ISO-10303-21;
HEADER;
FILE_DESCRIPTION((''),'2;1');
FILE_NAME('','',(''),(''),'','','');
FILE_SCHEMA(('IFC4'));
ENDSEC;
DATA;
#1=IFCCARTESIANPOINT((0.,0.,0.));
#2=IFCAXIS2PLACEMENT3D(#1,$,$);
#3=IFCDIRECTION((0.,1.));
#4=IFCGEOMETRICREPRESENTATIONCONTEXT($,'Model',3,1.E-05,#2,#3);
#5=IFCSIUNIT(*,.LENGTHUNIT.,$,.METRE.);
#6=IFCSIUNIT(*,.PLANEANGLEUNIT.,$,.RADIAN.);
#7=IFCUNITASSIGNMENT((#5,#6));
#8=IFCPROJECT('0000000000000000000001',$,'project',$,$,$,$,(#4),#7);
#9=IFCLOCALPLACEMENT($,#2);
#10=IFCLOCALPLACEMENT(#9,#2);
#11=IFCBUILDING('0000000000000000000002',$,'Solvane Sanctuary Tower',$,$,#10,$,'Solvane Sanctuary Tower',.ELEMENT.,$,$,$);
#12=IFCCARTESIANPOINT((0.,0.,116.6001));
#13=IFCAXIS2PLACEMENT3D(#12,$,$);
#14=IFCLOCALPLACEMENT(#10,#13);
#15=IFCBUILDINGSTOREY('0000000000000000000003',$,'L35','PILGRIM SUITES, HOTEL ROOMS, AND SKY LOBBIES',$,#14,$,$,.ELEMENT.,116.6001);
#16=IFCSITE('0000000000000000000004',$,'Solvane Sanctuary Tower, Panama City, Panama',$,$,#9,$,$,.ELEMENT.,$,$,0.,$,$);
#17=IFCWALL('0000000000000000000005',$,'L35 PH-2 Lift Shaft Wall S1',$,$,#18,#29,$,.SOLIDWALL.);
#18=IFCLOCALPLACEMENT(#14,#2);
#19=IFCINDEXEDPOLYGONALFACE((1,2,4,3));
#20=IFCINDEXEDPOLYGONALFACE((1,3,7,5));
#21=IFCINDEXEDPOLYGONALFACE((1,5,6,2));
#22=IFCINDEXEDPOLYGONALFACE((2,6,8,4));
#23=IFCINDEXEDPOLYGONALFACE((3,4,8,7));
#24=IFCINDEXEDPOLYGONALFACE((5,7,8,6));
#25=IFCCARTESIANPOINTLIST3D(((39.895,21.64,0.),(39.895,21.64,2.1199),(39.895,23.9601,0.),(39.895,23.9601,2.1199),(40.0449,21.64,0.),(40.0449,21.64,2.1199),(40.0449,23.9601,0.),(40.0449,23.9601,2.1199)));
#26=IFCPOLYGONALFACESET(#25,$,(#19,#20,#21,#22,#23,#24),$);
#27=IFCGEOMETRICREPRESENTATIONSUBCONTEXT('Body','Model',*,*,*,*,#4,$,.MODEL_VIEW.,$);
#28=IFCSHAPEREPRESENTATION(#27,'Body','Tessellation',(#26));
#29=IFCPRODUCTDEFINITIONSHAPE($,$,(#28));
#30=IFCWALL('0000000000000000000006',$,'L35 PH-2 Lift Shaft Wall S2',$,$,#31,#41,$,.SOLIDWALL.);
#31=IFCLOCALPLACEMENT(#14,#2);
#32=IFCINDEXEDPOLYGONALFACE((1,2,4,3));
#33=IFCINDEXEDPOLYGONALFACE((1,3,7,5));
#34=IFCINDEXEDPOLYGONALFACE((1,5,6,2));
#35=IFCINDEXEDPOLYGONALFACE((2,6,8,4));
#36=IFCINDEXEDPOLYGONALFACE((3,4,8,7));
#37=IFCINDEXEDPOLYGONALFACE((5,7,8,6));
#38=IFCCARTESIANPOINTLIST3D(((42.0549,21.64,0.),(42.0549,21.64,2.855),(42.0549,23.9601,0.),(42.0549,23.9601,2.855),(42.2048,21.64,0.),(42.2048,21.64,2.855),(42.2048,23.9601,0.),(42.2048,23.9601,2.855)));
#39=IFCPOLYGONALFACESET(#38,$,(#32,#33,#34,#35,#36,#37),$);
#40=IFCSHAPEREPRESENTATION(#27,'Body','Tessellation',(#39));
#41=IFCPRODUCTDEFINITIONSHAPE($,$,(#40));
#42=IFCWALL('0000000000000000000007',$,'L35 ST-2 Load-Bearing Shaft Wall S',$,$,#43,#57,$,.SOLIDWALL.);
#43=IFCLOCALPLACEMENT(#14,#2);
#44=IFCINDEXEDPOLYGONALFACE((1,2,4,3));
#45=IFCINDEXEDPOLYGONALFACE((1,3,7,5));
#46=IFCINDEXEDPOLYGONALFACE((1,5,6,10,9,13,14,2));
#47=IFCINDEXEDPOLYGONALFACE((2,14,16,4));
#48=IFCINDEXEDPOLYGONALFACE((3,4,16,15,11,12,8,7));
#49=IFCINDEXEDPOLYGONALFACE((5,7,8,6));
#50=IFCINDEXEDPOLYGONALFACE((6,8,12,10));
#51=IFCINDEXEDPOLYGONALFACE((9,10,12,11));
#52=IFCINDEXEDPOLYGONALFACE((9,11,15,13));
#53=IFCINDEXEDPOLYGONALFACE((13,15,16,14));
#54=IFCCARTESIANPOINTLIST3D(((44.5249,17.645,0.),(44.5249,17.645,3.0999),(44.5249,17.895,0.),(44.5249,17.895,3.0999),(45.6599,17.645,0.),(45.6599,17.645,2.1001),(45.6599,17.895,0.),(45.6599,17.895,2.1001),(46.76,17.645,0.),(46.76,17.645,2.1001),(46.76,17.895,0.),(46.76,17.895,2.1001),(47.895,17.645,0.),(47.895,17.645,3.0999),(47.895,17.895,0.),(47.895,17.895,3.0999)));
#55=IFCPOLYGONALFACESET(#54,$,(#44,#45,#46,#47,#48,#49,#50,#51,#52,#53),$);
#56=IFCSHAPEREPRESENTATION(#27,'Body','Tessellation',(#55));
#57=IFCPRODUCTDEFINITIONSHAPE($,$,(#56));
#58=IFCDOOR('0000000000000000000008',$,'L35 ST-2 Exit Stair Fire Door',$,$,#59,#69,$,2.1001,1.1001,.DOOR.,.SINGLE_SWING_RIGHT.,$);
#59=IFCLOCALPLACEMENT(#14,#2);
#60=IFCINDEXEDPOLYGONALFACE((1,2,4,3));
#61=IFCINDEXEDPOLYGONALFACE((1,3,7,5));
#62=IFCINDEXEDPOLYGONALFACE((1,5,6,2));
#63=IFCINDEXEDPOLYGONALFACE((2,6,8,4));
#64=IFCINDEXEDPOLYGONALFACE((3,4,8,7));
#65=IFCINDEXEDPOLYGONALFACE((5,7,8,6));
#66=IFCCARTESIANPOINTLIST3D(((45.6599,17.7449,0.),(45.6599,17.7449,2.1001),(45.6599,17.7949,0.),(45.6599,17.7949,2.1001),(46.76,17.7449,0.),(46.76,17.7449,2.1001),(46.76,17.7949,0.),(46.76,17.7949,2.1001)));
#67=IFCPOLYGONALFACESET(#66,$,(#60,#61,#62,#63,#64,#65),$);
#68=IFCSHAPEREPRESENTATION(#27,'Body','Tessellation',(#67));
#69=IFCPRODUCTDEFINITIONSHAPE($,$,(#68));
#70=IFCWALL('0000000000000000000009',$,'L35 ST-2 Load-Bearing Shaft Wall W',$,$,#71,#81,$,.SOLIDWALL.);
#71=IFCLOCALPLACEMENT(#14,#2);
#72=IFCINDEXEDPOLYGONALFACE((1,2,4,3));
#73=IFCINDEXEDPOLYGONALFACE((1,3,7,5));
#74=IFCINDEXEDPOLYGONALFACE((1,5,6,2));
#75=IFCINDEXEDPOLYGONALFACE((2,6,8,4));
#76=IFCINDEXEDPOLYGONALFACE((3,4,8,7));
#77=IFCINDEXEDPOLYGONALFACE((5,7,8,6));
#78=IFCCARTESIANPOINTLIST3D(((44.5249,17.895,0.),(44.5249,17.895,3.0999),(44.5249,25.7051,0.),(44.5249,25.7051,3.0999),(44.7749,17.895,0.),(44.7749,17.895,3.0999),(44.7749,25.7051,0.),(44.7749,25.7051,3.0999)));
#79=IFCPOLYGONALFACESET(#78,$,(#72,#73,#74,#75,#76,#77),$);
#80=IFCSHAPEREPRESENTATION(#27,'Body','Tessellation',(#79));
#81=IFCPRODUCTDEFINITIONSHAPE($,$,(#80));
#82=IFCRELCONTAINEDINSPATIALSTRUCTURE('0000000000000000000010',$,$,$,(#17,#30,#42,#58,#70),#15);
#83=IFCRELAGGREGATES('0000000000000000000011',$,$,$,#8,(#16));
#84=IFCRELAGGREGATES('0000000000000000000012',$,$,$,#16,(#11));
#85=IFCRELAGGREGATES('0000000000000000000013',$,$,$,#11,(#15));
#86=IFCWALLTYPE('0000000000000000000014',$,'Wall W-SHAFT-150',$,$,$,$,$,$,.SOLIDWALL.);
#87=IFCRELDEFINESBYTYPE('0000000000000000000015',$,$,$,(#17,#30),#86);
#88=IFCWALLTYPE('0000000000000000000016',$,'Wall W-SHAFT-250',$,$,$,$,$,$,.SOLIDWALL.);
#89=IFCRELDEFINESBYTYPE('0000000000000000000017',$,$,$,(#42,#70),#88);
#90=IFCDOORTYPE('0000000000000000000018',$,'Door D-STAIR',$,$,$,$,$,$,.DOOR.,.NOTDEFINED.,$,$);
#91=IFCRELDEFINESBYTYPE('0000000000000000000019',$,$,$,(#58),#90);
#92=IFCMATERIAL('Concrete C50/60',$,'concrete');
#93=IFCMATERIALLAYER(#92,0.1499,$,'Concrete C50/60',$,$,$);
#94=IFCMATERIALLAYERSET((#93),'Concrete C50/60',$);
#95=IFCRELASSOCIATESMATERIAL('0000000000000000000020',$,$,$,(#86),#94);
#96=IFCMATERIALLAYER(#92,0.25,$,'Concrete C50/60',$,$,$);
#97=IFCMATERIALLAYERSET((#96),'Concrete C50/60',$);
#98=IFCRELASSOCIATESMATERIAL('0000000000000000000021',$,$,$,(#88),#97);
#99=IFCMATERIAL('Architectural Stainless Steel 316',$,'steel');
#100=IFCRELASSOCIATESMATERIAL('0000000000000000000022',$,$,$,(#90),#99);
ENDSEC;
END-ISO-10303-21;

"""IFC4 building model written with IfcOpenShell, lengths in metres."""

from ifc_helpers import new_model, si_unit, direction, frame, frame_2d, origin, place, context, subcontext, project, spatial, rectangle, extrude, material, layer, layer_set, type_object, element, fill, save


model = new_model("IFC4")

# Units and contexts
model_context = context("Model", 3, precision=1e-05, world=origin(), true_north=direction((0.0, 1.0)))
body_context = subcontext(model_context, "Body", "Model", "MODEL_VIEW")
ifc_project = project(units=[si_unit("LENGTHUNIT", "METRE"), si_unit("PLANEANGLEUNIT", "RADIAN")], contexts=[model_context])

# Site, building, storey
site_placement = place(None, origin())
site = spatial("IfcSite", under=ifc_project, at=site_placement, Name="Solvane Sanctuary Tower, Panama City, Panama", CompositionType="ELEMENT", RefElevation=0.0)
building_placement = place(site_placement, origin())
building = spatial("IfcBuilding", under=site, at=building_placement, Name="Solvane Sanctuary Tower", LongName="Solvane Sanctuary Tower", CompositionType="ELEMENT")
storey_placement = place(building_placement, frame((0.0, 0.0, 116.6001)))
storey = spatial("IfcBuildingStorey", under=building, at=storey_placement, Name="L35", Description="PILGRIM SUITES, HOTEL ROOMS, AND SKY LOBBIES", CompositionType="ELEMENT", Elevation=116.6001)

# Shared definitions
ifc_material_1 = material(Name="Architectural Stainless Steel 316", Category="steel")

# Shared definitions
ifc_material_2 = material(Name="Concrete C50/60", Category="concrete")
ifc_layer_1 = layer(ifc_material_2, 0.1499, Name="Concrete C50/60")
ifc_layer_set_1 = layer_set([ifc_layer_1], Name="Concrete C50/60")
wall_type_1 = type_object("IfcWallType", Name="Wall W-SHAFT-150", PredefinedType="SOLIDWALL", material=ifc_layer_set_1)

# Walls
wall_1_placement = place(storey_placement, frame((39.97, 21.6399, 0.0), z_axis=(0.0, 0.0, 1.0), x_axis=(0.0, 1.0, 0.0)))
element("IfcWall", 1, at=wall_1_placement, inside=storey, type_object=wall_type_1, Name="L35 PH-2 Lift Shaft Wall S1", PredefinedType="SOLIDWALL", context=body_context, shape_type="SweptSolid", body=[
    extrude(rectangle(XDim=2.3201, YDim=0.1499, at=frame_2d((1.1602, 0.0))), origin(), (0.0, 0.0, 1.0), 2.1199),
])
wall_2_placement = place(storey_placement, frame((42.1299, 21.6399, 0.0), z_axis=(0.0, 0.0, 1.0), x_axis=(0.0, 1.0, 0.0)))
element("IfcWall", 2, at=wall_2_placement, inside=storey, type_object=wall_type_1, Name="L35 PH-2 Lift Shaft Wall S2", PredefinedType="SOLIDWALL", context=body_context, shape_type="SweptSolid", body=[
    extrude(rectangle(XDim=2.3201, YDim=0.1499, at=frame_2d((1.1602, 0.0))), origin(), (0.0, 0.0, 1.0), 2.855),
])

# Wall, opening, door
ifc_layer_2 = layer(ifc_material_2, 0.25, Name="Concrete C50/60")
ifc_layer_set_2 = layer_set([ifc_layer_2], Name="Concrete C50/60")
wall_type_2 = type_object("IfcWallType", Name="Wall W-SHAFT-250", PredefinedType="SOLIDWALL", material=ifc_layer_set_2)
wall_3_placement = place(storey_placement, frame((44.5249, 17.77, 0.0), z_axis=(0.0, 0.0, 1.0), x_axis=(1.0, 0.0, 0.0)))
wall_3 = element("IfcWall", 3, at=wall_3_placement, inside=storey, type_object=wall_type_2, Name="L35 ST-2 Load-Bearing Shaft Wall S", PredefinedType="SOLIDWALL", context=body_context, shape_type="SweptSolid", body=[
    extrude(rectangle(XDim=3.3701, YDim=0.25, at=frame_2d((1.6851, 0.0))), origin(), (0.0, 0.0, 1.0), 3.0999),
])
opening_1_placement = place(wall_3_placement, frame((1.135, 0.0, 0.0)))
opening_1 = element("IfcOpeningElement", 4, at=opening_1_placement, cuts=wall_3, PredefinedType="OPENING", context=body_context, shape_type="SweptSolid", body=[
    extrude(rectangle(XDim=1.1001, YDim=2.1001, at=frame_2d((0.55, 1.05))), frame((0.0, 0.135, 0.0), z_axis=(0.0, -1.0, 0.0), x_axis=(1.0, 0.0, 0.0)), (0.0, 0.0, 1.0), 0.27),
])
door_type_1 = type_object("IfcDoorType", Name="Door D-STAIR", OperationType="NOTDEFINED", PredefinedType="DOOR", material=ifc_material_1)
door_1_placement = place(opening_1_placement, origin())
door_1 = element("IfcDoor", 5, at=door_1_placement, inside=storey, type_object=door_type_1, Name="L35 ST-2 Exit Stair Fire Door", OperationType="SINGLE_SWING_RIGHT", OverallHeight=2.1001, OverallWidth=1.1001, PredefinedType="DOOR", context=body_context, shape_type="SweptSolid", body=[
    extrude(rectangle(XDim=1.1001, YDim=2.1001, at=frame_2d((0.55, 1.05))), frame((0.0, 0.0249, 0.0), z_axis=(0.0, -1.0, 0.0), x_axis=(1.0, 0.0, 0.0)), (0.0, 0.0, 1.0), 0.05),
])
fill(opening_1, door_1)

# Wall
wall_4_placement = place(storey_placement, frame((44.6499, 17.895, 0.0), z_axis=(0.0, 0.0, 1.0), x_axis=(0.0, 1.0, 0.0)))
element("IfcWall", 6, at=wall_4_placement, inside=storey, type_object=wall_type_2, Name="L35 ST-2 Load-Bearing Shaft Wall W", PredefinedType="SOLIDWALL", context=body_context, shape_type="SweptSolid", body=[
    extrude(rectangle(XDim=7.8101, YDim=0.25, at=frame_2d((3.905, 0.0))), origin(), (0.0, 0.0, 1.0), 3.0999),
])

save(model, "model.ifc")
